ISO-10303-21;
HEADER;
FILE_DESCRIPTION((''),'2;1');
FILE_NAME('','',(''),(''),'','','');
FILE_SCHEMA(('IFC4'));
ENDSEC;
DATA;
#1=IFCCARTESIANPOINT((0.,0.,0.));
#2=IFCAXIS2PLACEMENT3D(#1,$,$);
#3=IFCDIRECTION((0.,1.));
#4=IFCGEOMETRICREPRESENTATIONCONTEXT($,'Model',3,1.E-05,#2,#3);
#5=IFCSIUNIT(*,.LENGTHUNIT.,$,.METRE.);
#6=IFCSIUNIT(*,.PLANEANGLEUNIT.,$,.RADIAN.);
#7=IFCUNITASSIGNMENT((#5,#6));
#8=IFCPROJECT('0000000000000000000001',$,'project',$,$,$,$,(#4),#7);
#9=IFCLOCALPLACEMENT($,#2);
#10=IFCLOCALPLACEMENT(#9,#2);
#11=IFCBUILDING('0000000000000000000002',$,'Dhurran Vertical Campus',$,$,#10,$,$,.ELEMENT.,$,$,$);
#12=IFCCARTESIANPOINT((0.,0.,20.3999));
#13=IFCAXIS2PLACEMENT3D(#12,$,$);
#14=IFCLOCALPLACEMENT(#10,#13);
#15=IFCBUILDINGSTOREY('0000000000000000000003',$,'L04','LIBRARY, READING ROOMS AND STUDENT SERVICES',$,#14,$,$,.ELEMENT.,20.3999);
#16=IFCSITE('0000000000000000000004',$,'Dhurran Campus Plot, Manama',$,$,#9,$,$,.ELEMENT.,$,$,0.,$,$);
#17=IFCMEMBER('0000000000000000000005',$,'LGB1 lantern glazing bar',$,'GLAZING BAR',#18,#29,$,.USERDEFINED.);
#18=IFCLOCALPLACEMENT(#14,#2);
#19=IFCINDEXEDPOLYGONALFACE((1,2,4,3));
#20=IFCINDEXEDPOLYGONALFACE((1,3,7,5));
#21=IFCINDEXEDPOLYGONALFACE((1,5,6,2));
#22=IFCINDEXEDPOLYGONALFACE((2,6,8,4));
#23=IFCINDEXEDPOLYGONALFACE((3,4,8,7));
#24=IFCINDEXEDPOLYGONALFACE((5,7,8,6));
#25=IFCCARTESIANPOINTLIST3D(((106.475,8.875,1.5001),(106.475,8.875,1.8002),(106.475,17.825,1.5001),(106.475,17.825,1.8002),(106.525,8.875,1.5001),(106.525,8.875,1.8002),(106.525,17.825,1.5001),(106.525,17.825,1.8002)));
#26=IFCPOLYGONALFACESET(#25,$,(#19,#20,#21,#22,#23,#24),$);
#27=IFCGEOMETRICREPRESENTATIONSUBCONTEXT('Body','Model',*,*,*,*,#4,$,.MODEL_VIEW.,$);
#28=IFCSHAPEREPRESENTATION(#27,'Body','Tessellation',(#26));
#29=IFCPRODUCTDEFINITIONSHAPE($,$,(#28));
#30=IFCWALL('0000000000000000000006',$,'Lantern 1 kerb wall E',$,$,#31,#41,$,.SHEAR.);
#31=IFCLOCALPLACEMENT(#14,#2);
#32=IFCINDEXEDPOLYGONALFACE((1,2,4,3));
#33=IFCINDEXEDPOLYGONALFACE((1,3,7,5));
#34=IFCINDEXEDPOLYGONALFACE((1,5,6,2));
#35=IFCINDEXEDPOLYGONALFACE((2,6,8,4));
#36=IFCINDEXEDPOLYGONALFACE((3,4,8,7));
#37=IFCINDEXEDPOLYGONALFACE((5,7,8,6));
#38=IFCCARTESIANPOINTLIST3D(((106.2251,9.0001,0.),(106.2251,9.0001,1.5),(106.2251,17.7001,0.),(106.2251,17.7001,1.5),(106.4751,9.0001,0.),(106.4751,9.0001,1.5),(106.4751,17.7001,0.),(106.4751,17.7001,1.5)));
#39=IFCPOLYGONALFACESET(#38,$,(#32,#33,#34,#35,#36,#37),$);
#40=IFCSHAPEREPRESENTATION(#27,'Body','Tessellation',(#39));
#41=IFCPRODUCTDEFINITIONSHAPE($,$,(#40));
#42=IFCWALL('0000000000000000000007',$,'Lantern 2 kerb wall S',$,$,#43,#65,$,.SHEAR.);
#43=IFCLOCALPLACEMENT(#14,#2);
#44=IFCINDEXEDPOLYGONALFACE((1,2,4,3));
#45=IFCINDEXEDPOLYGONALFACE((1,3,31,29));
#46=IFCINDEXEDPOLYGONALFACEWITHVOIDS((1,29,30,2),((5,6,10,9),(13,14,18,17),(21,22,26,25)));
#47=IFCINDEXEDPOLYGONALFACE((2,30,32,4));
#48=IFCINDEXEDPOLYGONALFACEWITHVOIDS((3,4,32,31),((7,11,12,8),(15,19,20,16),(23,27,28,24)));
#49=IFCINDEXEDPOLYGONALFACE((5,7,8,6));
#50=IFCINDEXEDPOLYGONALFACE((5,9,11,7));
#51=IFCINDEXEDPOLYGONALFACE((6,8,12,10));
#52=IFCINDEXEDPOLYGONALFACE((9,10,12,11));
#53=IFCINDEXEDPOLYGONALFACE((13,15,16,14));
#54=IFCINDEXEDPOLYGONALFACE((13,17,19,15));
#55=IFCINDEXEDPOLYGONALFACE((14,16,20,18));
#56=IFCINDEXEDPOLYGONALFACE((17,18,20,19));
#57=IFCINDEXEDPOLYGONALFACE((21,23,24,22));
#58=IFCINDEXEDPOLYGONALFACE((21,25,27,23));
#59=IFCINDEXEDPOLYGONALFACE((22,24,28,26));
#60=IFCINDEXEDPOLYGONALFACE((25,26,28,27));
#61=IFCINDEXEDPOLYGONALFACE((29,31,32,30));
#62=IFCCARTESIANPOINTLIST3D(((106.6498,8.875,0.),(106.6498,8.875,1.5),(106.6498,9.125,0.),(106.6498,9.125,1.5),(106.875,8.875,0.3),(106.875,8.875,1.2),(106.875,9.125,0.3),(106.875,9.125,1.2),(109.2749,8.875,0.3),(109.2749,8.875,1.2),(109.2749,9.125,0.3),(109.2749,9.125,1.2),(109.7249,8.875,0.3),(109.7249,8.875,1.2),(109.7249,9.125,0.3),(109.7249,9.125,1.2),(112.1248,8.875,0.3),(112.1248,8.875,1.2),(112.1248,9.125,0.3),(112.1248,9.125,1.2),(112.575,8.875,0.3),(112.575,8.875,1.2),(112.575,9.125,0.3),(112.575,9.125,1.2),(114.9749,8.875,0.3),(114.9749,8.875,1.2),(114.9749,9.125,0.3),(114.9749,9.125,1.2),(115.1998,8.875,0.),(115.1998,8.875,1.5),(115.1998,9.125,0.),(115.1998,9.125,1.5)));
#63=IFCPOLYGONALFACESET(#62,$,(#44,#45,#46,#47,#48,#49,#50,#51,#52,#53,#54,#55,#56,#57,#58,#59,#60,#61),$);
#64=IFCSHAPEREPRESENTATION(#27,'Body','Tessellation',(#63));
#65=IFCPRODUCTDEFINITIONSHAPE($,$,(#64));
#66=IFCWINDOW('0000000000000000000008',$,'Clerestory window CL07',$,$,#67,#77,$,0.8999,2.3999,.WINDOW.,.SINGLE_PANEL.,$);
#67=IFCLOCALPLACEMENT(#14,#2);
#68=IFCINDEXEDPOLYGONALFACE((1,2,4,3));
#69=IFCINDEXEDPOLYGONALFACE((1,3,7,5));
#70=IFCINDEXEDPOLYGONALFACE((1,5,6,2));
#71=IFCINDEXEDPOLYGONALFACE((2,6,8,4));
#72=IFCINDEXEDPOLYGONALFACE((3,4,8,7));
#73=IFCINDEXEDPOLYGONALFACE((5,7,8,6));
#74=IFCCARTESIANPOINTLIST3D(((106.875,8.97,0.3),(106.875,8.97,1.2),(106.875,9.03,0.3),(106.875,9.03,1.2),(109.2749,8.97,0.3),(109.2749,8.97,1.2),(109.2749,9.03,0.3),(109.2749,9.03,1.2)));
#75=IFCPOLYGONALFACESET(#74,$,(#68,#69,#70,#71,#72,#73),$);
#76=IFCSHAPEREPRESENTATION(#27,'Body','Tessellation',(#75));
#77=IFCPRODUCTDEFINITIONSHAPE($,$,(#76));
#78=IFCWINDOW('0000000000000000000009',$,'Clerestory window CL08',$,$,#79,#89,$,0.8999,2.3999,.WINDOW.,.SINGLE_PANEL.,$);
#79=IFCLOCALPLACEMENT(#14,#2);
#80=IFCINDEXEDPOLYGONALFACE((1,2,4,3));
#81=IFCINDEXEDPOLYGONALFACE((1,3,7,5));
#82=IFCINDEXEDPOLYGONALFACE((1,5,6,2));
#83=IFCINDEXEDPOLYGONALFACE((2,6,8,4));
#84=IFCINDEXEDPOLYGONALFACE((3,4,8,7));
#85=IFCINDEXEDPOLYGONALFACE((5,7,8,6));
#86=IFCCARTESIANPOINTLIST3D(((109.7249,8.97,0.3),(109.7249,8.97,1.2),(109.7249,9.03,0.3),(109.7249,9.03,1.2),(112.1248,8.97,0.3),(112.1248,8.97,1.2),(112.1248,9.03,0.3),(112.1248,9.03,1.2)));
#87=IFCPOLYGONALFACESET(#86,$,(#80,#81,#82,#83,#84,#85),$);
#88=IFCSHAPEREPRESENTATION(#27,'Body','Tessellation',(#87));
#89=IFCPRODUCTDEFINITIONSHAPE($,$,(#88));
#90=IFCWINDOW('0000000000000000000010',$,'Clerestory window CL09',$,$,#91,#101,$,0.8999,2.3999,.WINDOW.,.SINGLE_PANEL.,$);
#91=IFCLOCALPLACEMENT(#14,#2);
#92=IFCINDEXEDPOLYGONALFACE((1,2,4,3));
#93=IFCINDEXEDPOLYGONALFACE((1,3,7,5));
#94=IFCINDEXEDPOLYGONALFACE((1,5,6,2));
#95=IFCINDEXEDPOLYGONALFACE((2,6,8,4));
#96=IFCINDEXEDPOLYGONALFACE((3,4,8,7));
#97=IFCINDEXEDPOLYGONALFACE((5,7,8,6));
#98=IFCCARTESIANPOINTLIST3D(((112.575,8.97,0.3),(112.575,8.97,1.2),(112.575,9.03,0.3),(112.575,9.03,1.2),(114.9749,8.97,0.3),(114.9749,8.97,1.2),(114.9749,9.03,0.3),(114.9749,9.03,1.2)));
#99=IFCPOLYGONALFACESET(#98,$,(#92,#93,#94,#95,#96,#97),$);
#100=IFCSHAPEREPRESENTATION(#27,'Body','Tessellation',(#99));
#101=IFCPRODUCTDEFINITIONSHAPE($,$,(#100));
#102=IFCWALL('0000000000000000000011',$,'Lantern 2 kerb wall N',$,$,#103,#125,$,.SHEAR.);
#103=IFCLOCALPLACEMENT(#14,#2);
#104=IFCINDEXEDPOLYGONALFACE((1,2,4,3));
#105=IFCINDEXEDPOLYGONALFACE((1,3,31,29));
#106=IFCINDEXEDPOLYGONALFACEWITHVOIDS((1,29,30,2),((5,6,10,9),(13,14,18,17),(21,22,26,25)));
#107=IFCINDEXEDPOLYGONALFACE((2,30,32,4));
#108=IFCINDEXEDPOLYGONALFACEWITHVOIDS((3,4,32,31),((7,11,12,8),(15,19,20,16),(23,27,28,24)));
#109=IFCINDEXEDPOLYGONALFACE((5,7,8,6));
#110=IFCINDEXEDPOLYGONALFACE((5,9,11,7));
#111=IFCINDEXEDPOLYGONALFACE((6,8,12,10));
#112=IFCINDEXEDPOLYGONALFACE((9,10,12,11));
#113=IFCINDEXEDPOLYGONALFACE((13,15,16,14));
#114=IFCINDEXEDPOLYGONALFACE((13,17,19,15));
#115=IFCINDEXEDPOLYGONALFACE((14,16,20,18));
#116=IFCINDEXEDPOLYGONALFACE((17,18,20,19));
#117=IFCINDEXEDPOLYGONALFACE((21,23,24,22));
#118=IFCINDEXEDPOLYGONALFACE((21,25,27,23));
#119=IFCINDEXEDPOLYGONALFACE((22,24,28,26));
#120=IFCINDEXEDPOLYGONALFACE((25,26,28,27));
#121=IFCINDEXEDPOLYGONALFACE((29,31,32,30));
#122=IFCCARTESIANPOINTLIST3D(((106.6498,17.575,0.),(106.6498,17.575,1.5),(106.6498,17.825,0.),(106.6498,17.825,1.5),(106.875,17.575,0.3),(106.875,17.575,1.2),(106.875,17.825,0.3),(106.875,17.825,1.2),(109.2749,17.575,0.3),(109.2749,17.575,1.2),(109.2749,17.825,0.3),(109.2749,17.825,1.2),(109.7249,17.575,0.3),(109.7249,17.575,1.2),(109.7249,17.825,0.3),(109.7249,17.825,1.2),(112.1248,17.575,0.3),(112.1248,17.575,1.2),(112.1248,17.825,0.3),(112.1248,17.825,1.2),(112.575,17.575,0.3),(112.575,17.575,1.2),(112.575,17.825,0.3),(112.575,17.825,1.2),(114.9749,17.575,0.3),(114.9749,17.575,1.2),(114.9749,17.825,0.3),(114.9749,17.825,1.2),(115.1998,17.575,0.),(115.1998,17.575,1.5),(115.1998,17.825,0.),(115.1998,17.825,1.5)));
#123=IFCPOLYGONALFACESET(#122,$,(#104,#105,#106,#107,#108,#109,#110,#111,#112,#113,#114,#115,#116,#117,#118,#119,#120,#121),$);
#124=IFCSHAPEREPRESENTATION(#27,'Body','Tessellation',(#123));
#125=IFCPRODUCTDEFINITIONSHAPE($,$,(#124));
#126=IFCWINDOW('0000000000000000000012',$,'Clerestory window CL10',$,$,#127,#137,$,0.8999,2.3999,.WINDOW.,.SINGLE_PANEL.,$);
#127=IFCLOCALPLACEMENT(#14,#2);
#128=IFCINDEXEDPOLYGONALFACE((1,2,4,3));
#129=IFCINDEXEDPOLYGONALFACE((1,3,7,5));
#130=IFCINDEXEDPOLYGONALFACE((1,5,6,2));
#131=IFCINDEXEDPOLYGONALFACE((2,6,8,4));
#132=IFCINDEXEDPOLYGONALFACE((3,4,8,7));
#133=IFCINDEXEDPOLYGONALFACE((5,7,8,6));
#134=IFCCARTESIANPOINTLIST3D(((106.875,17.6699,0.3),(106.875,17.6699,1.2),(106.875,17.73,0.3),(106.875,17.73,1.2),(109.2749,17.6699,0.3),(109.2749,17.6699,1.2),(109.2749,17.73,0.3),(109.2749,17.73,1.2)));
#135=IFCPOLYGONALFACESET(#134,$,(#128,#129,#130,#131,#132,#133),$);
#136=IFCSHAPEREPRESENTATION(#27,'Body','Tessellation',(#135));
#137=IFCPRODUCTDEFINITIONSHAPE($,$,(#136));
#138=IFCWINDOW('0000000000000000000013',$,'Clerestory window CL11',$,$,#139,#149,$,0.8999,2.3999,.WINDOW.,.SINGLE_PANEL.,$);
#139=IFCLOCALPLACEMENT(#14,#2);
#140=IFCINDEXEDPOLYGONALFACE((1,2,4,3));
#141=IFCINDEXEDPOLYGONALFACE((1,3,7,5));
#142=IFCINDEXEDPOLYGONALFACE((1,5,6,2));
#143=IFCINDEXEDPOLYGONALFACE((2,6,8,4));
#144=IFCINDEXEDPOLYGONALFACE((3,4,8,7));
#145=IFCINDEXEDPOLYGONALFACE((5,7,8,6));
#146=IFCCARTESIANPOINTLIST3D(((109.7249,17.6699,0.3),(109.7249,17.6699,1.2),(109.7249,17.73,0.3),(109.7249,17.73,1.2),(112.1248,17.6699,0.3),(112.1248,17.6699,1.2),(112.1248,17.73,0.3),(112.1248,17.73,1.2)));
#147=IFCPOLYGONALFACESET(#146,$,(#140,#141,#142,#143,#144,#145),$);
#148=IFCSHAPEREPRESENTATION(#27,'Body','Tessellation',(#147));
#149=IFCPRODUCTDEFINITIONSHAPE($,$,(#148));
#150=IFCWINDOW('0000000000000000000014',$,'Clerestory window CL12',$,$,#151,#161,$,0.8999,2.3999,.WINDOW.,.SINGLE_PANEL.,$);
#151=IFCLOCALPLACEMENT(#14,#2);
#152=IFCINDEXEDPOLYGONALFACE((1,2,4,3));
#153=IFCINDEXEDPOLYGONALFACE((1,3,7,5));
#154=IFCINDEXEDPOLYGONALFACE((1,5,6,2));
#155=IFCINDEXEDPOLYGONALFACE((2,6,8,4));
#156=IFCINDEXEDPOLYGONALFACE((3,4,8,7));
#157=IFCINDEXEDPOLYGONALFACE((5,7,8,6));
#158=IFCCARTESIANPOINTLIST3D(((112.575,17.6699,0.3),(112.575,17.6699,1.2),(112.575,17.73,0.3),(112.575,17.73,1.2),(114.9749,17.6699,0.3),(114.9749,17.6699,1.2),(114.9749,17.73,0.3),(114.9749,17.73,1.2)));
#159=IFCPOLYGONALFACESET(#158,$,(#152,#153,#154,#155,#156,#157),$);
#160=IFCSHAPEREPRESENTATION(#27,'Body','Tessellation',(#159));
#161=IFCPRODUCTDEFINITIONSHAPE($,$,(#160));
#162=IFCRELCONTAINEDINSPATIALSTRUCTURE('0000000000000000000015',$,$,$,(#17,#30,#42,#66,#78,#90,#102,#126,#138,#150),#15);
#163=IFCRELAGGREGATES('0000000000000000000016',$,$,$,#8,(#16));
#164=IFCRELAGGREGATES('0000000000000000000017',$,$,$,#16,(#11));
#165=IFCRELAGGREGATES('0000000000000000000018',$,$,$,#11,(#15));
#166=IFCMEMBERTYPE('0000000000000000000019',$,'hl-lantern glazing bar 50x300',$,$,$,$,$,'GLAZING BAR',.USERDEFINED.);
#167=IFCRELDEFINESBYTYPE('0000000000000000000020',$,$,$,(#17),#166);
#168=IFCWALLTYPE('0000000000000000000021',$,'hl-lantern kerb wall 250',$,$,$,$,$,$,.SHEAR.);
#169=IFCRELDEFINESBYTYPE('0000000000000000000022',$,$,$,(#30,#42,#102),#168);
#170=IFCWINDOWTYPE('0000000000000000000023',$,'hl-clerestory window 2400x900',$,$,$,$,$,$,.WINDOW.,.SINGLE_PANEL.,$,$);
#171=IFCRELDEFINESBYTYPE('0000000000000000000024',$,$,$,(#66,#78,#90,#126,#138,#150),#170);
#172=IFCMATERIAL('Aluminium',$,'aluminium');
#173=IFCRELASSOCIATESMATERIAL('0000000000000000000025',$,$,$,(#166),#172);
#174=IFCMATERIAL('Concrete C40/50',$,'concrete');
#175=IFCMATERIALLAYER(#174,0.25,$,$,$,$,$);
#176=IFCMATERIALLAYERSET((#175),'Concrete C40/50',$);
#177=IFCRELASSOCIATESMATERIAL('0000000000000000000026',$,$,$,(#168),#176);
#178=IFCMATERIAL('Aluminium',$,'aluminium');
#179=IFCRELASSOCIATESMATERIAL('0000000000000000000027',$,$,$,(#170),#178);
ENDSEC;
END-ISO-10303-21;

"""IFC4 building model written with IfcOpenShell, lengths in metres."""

from ifc_helpers import new_model, si_unit, direction, frame, frame_2d, origin, origin_2d, place, context, subcontext, project, spatial, rectangle, extrude, material, layer, layer_set, material_profile, profile_set, type_object, element, fill, save


model = new_model("IFC4")

# Units and contexts
model_context = context("Model", 3, precision=1e-05, world=origin(), true_north=direction((0.0, 1.0)))
body_context = subcontext(model_context, "Body", "Model", "MODEL_VIEW")
ifc_project = project(units=[si_unit("LENGTHUNIT", "METRE"), si_unit("PLANEANGLEUNIT", "RADIAN")], contexts=[model_context])

# Site, building, storey
site_placement = place(None, origin())
site = spatial("IfcSite", under=ifc_project, at=site_placement, Name="Dhurran Campus Plot, Manama", CompositionType="ELEMENT", RefElevation=0.0)
building_placement = place(site_placement, origin())
building = spatial("IfcBuilding", under=site, at=building_placement, Name="Dhurran Vertical Campus", CompositionType="ELEMENT")
storey_placement = place(building_placement, frame((0.0, 0.0, 20.3999)))
storey = spatial("IfcBuildingStorey", under=building, at=storey_placement, Name="L04", Description="LIBRARY, READING ROOMS AND STUDENT SERVICES", CompositionType="ELEMENT", Elevation=20.3999)

# Member
ifc_material_1 = material(Name="Aluminium", Category="aluminium")
ifc_material_profile = material_profile(ifc_material_1, rectangle(XDim=0.05, YDim=0.3, at=origin_2d()), Name="hl-lantern glazing bar 50x300")
ifc_profile_set = profile_set([ifc_material_profile], Name="Aluminium")
member_type = type_object("IfcMemberType", Name="hl-lantern glazing bar 50x300", ElementType="GLAZING BAR", PredefinedType="USERDEFINED", material=ifc_profile_set)
member_placement = place(storey_placement, frame((106.5, 8.875, 1.6501), z_axis=(0.0, 1.0, 0.0), x_axis=(-1.0, 0.0, 0.0)))
element("IfcMember", 1, at=member_placement, inside=storey, type_object=member_type, Name="LGB1 lantern glazing bar", ObjectType="GLAZING BAR", PredefinedType="USERDEFINED", context=body_context, shape_type="SweptSolid", body=[
    extrude(rectangle(XDim=0.05, YDim=0.3, at=origin_2d()), origin(), (0.0, 0.0, 1.0), 8.95),
])

# Wall
ifc_material_2 = material(Name="Concrete C40/50", Category="concrete")
ifc_layer_1 = layer(ifc_material_2, 0.25)
ifc_layer_set_1 = layer_set([ifc_layer_1], Name="Concrete C40/50")
wall_type_1 = type_object("IfcWallType", Name="hl-lantern kerb wall 250", PredefinedType="SHEAR", material=ifc_layer_set_1)
wall_1_placement = place(storey_placement, frame((106.3501, 9.0, 0.0), z_axis=(0.0, 0.0, 1.0), x_axis=(0.0, 1.0, 0.0)))
element("IfcWall", 2, at=wall_1_placement, inside=storey, type_object=wall_type_1, Name="Lantern 1 kerb wall E", PredefinedType="SHEAR", context=body_context, shape_type="SweptSolid", body=[
    extrude(rectangle(XDim=8.7, YDim=0.25, at=frame_2d((4.3501, 0.0))), origin(), (0.0, 0.0, 1.0), 1.5),
])

# Walls, openings, windows
wall_2_placement = place(storey_placement, frame((106.6499, 9.0, 0.0), z_axis=(0.0, 0.0, 1.0), x_axis=(1.0, 0.0, 0.0)))
wall_2 = element("IfcWall", 3, at=wall_2_placement, inside=storey, type_object=wall_type_1, Name="Lantern 2 kerb wall S", PredefinedType="SHEAR", context=body_context, shape_type="SweptSolid", body=[
    extrude(rectangle(XDim=8.55, YDim=0.25, at=frame_2d((4.2749, 0.0))), origin(), (0.0, 0.0, 1.0), 1.5),
])
opening_1_placement = place(wall_2_placement, frame((0.2251, 0.0, 0.3)))
opening_1 = element("IfcOpeningElement", 4, at=opening_1_placement, cuts=wall_2, PredefinedType="OPENING", context=body_context, shape_type="SweptSolid", body=[
    extrude(rectangle(XDim=2.3999, YDim=0.8999, at=frame_2d((1.2, 0.45))), frame((0.0, 0.135, 0.0), z_axis=(0.0, -1.0, 0.0), x_axis=(1.0, 0.0, 0.0)), (0.0, 0.0, 1.0), 0.27),
])
opening_2_placement = place(wall_2_placement, frame((3.075, 0.0, 0.3)))
opening_2 = element("IfcOpeningElement", 5, at=opening_2_placement, cuts=wall_2, PredefinedType="OPENING", context=body_context, shape_type="SweptSolid", body=[
    extrude(rectangle(XDim=2.3999, YDim=0.8999, at=frame_2d((1.2, 0.45))), frame((0.0, 0.135, 0.0), z_axis=(0.0, -1.0, 0.0), x_axis=(1.0, 0.0, 0.0)), (0.0, 0.0, 1.0), 0.27),
])
opening_3_placement = place(wall_2_placement, frame((5.925, 0.0, 0.3)))
opening_3 = element("IfcOpeningElement", 6, at=opening_3_placement, cuts=wall_2, PredefinedType="OPENING", context=body_context, shape_type="SweptSolid", body=[
    extrude(rectangle(XDim=2.3999, YDim=0.8999, at=frame_2d((1.2, 0.45))), frame((0.0, 0.135, 0.0), z_axis=(0.0, -1.0, 0.0), x_axis=(1.0, 0.0, 0.0)), (0.0, 0.0, 1.0), 0.27),
])
ifc_material_3 = material(Name="Aluminium", Category="aluminium")
window_type = type_object("IfcWindowType", Name="hl-clerestory window 2400x900", PartitioningType="SINGLE_PANEL", PredefinedType="WINDOW", material=ifc_material_3)
window_1_placement = place(opening_1_placement, origin())
window_1 = element("IfcWindow", 7, at=window_1_placement, inside=storey, type_object=window_type, Name="Clerestory window CL07", OverallHeight=0.8999, OverallWidth=2.3999, PartitioningType="SINGLE_PANEL", PredefinedType="WINDOW", context=body_context, shape_type="SweptSolid", body=[
    extrude(rectangle(XDim=2.3999, YDim=0.8999, at=frame_2d((1.2, 0.45))), frame((0.0, 0.03, 0.0), z_axis=(0.0, -1.0, 0.0), x_axis=(1.0, 0.0, 0.0)), (0.0, 0.0, 1.0), 0.0601),
])
fill(opening_1, window_1)
window_2_placement = place(opening_2_placement, origin())
window_2 = element("IfcWindow", 8, at=window_2_placement, inside=storey, type_object=window_type, Name="Clerestory window CL08", OverallHeight=0.8999, OverallWidth=2.3999, PartitioningType="SINGLE_PANEL", PredefinedType="WINDOW", context=body_context, shape_type="SweptSolid", body=[
    extrude(rectangle(XDim=2.3999, YDim=0.8999, at=frame_2d((1.2, 0.45))), frame((0.0, 0.03, 0.0), z_axis=(0.0, -1.0, 0.0), x_axis=(1.0, 0.0, 0.0)), (0.0, 0.0, 1.0), 0.0601),
])
fill(opening_2, window_2)
window_3_placement = place(opening_3_placement, origin())
window_3 = element("IfcWindow", 9, at=window_3_placement, inside=storey, type_object=window_type, Name="Clerestory window CL09", OverallHeight=0.8999, OverallWidth=2.3999, PartitioningType="SINGLE_PANEL", PredefinedType="WINDOW", context=body_context, shape_type="SweptSolid", body=[
    extrude(rectangle(XDim=2.3999, YDim=0.8999, at=frame_2d((1.2, 0.45))), frame((0.0, 0.03, 0.0), z_axis=(0.0, -1.0, 0.0), x_axis=(1.0, 0.0, 0.0)), (0.0, 0.0, 1.0), 0.0601),
])
fill(opening_3, window_3)
wall_3_placement = place(storey_placement, frame((106.6499, 17.7, 0.0), z_axis=(0.0, 0.0, 1.0), x_axis=(1.0, 0.0, 0.0)))
wall_3 = element("IfcWall", 10, at=wall_3_placement, inside=storey, type_object=wall_type_1, Name="Lantern 2 kerb wall N", PredefinedType="SHEAR", context=body_context, shape_type="SweptSolid", body=[
    extrude(rectangle(XDim=8.55, YDim=0.25, at=frame_2d((4.2749, 0.0))), origin(), (0.0, 0.0, 1.0), 1.5),
])
opening_4_placement = place(wall_3_placement, frame((0.2251, 0.0, 0.3)))
opening_4 = element("IfcOpeningElement", 11, at=opening_4_placement, cuts=wall_3, PredefinedType="OPENING", context=body_context, shape_type="SweptSolid", body=[
    extrude(rectangle(XDim=2.3999, YDim=0.8999, at=frame_2d((1.2, 0.45))), frame((0.0, 0.135, 0.0), z_axis=(0.0, -1.0, 0.0), x_axis=(1.0, 0.0, 0.0)), (0.0, 0.0, 1.0), 0.27),
])
opening_5_placement = place(wall_3_placement, frame((3.075, 0.0, 0.3)))
opening_5 = element("IfcOpeningElement", 12, at=opening_5_placement, cuts=wall_3, PredefinedType="OPENING", context=body_context, shape_type="SweptSolid", body=[
    extrude(rectangle(XDim=2.3999, YDim=0.8999, at=frame_2d((1.2, 0.45))), frame((0.0, 0.135, 0.0), z_axis=(0.0, -1.0, 0.0), x_axis=(1.0, 0.0, 0.0)), (0.0, 0.0, 1.0), 0.27),
])
opening_6_placement = place(wall_3_placement, frame((5.925, 0.0, 0.3)))
opening_6 = element("IfcOpeningElement", 13, at=opening_6_placement, cuts=wall_3, PredefinedType="OPENING", context=body_context, shape_type="SweptSolid", body=[
    extrude(rectangle(XDim=2.3999, YDim=0.8999, at=frame_2d((1.2, 0.45))), frame((0.0, 0.135, 0.0), z_axis=(0.0, -1.0, 0.0), x_axis=(1.0, 0.0, 0.0)), (0.0, 0.0, 1.0), 0.27),
])
window_4_placement = place(opening_4_placement, origin())
window_4 = element("IfcWindow", 14, at=window_4_placement, inside=storey, type_object=window_type, Name="Clerestory window CL10", OverallHeight=0.8999, OverallWidth=2.3999, PartitioningType="SINGLE_PANEL", PredefinedType="WINDOW", context=body_context, shape_type="SweptSolid", body=[
    extrude(rectangle(XDim=2.3999, YDim=0.8999, at=frame_2d((1.2, 0.45))), frame((0.0, 0.03, 0.0), z_axis=(0.0, -1.0, 0.0), x_axis=(1.0, 0.0, 0.0)), (0.0, 0.0, 1.0), 0.0601),
])
fill(opening_4, window_4)
window_5_placement = place(opening_5_placement, origin())
window_5 = element("IfcWindow", 15, at=window_5_placement, inside=storey, type_object=window_type, Name="Clerestory window CL11", OverallHeight=0.8999, OverallWidth=2.3999, PartitioningType="SINGLE_PANEL", PredefinedType="WINDOW", context=body_context, shape_type="SweptSolid", body=[
    extrude(rectangle(XDim=2.3999, YDim=0.8999, at=frame_2d((1.2, 0.45))), frame((0.0, 0.03, 0.0), z_axis=(0.0, -1.0, 0.0), x_axis=(1.0, 0.0, 0.0)), (0.0, 0.0, 1.0), 0.0601),
])
fill(opening_5, window_5)
window_6_placement = place(opening_6_placement, origin())
window_6 = element("IfcWindow", 16, at=window_6_placement, inside=storey, type_object=window_type, Name="Clerestory window CL12", OverallHeight=0.8999, OverallWidth=2.3999, PartitioningType="SINGLE_PANEL", PredefinedType="WINDOW", context=body_context, shape_type="SweptSolid", body=[
    extrude(rectangle(XDim=2.3999, YDim=0.8999, at=frame_2d((1.2, 0.45))), frame((0.0, 0.03, 0.0), z_axis=(0.0, -1.0, 0.0), x_axis=(1.0, 0.0, 0.0)), (0.0, 0.0, 1.0), 0.0601),
])
fill(opening_6, window_6)

save(model, "model.ifc")
